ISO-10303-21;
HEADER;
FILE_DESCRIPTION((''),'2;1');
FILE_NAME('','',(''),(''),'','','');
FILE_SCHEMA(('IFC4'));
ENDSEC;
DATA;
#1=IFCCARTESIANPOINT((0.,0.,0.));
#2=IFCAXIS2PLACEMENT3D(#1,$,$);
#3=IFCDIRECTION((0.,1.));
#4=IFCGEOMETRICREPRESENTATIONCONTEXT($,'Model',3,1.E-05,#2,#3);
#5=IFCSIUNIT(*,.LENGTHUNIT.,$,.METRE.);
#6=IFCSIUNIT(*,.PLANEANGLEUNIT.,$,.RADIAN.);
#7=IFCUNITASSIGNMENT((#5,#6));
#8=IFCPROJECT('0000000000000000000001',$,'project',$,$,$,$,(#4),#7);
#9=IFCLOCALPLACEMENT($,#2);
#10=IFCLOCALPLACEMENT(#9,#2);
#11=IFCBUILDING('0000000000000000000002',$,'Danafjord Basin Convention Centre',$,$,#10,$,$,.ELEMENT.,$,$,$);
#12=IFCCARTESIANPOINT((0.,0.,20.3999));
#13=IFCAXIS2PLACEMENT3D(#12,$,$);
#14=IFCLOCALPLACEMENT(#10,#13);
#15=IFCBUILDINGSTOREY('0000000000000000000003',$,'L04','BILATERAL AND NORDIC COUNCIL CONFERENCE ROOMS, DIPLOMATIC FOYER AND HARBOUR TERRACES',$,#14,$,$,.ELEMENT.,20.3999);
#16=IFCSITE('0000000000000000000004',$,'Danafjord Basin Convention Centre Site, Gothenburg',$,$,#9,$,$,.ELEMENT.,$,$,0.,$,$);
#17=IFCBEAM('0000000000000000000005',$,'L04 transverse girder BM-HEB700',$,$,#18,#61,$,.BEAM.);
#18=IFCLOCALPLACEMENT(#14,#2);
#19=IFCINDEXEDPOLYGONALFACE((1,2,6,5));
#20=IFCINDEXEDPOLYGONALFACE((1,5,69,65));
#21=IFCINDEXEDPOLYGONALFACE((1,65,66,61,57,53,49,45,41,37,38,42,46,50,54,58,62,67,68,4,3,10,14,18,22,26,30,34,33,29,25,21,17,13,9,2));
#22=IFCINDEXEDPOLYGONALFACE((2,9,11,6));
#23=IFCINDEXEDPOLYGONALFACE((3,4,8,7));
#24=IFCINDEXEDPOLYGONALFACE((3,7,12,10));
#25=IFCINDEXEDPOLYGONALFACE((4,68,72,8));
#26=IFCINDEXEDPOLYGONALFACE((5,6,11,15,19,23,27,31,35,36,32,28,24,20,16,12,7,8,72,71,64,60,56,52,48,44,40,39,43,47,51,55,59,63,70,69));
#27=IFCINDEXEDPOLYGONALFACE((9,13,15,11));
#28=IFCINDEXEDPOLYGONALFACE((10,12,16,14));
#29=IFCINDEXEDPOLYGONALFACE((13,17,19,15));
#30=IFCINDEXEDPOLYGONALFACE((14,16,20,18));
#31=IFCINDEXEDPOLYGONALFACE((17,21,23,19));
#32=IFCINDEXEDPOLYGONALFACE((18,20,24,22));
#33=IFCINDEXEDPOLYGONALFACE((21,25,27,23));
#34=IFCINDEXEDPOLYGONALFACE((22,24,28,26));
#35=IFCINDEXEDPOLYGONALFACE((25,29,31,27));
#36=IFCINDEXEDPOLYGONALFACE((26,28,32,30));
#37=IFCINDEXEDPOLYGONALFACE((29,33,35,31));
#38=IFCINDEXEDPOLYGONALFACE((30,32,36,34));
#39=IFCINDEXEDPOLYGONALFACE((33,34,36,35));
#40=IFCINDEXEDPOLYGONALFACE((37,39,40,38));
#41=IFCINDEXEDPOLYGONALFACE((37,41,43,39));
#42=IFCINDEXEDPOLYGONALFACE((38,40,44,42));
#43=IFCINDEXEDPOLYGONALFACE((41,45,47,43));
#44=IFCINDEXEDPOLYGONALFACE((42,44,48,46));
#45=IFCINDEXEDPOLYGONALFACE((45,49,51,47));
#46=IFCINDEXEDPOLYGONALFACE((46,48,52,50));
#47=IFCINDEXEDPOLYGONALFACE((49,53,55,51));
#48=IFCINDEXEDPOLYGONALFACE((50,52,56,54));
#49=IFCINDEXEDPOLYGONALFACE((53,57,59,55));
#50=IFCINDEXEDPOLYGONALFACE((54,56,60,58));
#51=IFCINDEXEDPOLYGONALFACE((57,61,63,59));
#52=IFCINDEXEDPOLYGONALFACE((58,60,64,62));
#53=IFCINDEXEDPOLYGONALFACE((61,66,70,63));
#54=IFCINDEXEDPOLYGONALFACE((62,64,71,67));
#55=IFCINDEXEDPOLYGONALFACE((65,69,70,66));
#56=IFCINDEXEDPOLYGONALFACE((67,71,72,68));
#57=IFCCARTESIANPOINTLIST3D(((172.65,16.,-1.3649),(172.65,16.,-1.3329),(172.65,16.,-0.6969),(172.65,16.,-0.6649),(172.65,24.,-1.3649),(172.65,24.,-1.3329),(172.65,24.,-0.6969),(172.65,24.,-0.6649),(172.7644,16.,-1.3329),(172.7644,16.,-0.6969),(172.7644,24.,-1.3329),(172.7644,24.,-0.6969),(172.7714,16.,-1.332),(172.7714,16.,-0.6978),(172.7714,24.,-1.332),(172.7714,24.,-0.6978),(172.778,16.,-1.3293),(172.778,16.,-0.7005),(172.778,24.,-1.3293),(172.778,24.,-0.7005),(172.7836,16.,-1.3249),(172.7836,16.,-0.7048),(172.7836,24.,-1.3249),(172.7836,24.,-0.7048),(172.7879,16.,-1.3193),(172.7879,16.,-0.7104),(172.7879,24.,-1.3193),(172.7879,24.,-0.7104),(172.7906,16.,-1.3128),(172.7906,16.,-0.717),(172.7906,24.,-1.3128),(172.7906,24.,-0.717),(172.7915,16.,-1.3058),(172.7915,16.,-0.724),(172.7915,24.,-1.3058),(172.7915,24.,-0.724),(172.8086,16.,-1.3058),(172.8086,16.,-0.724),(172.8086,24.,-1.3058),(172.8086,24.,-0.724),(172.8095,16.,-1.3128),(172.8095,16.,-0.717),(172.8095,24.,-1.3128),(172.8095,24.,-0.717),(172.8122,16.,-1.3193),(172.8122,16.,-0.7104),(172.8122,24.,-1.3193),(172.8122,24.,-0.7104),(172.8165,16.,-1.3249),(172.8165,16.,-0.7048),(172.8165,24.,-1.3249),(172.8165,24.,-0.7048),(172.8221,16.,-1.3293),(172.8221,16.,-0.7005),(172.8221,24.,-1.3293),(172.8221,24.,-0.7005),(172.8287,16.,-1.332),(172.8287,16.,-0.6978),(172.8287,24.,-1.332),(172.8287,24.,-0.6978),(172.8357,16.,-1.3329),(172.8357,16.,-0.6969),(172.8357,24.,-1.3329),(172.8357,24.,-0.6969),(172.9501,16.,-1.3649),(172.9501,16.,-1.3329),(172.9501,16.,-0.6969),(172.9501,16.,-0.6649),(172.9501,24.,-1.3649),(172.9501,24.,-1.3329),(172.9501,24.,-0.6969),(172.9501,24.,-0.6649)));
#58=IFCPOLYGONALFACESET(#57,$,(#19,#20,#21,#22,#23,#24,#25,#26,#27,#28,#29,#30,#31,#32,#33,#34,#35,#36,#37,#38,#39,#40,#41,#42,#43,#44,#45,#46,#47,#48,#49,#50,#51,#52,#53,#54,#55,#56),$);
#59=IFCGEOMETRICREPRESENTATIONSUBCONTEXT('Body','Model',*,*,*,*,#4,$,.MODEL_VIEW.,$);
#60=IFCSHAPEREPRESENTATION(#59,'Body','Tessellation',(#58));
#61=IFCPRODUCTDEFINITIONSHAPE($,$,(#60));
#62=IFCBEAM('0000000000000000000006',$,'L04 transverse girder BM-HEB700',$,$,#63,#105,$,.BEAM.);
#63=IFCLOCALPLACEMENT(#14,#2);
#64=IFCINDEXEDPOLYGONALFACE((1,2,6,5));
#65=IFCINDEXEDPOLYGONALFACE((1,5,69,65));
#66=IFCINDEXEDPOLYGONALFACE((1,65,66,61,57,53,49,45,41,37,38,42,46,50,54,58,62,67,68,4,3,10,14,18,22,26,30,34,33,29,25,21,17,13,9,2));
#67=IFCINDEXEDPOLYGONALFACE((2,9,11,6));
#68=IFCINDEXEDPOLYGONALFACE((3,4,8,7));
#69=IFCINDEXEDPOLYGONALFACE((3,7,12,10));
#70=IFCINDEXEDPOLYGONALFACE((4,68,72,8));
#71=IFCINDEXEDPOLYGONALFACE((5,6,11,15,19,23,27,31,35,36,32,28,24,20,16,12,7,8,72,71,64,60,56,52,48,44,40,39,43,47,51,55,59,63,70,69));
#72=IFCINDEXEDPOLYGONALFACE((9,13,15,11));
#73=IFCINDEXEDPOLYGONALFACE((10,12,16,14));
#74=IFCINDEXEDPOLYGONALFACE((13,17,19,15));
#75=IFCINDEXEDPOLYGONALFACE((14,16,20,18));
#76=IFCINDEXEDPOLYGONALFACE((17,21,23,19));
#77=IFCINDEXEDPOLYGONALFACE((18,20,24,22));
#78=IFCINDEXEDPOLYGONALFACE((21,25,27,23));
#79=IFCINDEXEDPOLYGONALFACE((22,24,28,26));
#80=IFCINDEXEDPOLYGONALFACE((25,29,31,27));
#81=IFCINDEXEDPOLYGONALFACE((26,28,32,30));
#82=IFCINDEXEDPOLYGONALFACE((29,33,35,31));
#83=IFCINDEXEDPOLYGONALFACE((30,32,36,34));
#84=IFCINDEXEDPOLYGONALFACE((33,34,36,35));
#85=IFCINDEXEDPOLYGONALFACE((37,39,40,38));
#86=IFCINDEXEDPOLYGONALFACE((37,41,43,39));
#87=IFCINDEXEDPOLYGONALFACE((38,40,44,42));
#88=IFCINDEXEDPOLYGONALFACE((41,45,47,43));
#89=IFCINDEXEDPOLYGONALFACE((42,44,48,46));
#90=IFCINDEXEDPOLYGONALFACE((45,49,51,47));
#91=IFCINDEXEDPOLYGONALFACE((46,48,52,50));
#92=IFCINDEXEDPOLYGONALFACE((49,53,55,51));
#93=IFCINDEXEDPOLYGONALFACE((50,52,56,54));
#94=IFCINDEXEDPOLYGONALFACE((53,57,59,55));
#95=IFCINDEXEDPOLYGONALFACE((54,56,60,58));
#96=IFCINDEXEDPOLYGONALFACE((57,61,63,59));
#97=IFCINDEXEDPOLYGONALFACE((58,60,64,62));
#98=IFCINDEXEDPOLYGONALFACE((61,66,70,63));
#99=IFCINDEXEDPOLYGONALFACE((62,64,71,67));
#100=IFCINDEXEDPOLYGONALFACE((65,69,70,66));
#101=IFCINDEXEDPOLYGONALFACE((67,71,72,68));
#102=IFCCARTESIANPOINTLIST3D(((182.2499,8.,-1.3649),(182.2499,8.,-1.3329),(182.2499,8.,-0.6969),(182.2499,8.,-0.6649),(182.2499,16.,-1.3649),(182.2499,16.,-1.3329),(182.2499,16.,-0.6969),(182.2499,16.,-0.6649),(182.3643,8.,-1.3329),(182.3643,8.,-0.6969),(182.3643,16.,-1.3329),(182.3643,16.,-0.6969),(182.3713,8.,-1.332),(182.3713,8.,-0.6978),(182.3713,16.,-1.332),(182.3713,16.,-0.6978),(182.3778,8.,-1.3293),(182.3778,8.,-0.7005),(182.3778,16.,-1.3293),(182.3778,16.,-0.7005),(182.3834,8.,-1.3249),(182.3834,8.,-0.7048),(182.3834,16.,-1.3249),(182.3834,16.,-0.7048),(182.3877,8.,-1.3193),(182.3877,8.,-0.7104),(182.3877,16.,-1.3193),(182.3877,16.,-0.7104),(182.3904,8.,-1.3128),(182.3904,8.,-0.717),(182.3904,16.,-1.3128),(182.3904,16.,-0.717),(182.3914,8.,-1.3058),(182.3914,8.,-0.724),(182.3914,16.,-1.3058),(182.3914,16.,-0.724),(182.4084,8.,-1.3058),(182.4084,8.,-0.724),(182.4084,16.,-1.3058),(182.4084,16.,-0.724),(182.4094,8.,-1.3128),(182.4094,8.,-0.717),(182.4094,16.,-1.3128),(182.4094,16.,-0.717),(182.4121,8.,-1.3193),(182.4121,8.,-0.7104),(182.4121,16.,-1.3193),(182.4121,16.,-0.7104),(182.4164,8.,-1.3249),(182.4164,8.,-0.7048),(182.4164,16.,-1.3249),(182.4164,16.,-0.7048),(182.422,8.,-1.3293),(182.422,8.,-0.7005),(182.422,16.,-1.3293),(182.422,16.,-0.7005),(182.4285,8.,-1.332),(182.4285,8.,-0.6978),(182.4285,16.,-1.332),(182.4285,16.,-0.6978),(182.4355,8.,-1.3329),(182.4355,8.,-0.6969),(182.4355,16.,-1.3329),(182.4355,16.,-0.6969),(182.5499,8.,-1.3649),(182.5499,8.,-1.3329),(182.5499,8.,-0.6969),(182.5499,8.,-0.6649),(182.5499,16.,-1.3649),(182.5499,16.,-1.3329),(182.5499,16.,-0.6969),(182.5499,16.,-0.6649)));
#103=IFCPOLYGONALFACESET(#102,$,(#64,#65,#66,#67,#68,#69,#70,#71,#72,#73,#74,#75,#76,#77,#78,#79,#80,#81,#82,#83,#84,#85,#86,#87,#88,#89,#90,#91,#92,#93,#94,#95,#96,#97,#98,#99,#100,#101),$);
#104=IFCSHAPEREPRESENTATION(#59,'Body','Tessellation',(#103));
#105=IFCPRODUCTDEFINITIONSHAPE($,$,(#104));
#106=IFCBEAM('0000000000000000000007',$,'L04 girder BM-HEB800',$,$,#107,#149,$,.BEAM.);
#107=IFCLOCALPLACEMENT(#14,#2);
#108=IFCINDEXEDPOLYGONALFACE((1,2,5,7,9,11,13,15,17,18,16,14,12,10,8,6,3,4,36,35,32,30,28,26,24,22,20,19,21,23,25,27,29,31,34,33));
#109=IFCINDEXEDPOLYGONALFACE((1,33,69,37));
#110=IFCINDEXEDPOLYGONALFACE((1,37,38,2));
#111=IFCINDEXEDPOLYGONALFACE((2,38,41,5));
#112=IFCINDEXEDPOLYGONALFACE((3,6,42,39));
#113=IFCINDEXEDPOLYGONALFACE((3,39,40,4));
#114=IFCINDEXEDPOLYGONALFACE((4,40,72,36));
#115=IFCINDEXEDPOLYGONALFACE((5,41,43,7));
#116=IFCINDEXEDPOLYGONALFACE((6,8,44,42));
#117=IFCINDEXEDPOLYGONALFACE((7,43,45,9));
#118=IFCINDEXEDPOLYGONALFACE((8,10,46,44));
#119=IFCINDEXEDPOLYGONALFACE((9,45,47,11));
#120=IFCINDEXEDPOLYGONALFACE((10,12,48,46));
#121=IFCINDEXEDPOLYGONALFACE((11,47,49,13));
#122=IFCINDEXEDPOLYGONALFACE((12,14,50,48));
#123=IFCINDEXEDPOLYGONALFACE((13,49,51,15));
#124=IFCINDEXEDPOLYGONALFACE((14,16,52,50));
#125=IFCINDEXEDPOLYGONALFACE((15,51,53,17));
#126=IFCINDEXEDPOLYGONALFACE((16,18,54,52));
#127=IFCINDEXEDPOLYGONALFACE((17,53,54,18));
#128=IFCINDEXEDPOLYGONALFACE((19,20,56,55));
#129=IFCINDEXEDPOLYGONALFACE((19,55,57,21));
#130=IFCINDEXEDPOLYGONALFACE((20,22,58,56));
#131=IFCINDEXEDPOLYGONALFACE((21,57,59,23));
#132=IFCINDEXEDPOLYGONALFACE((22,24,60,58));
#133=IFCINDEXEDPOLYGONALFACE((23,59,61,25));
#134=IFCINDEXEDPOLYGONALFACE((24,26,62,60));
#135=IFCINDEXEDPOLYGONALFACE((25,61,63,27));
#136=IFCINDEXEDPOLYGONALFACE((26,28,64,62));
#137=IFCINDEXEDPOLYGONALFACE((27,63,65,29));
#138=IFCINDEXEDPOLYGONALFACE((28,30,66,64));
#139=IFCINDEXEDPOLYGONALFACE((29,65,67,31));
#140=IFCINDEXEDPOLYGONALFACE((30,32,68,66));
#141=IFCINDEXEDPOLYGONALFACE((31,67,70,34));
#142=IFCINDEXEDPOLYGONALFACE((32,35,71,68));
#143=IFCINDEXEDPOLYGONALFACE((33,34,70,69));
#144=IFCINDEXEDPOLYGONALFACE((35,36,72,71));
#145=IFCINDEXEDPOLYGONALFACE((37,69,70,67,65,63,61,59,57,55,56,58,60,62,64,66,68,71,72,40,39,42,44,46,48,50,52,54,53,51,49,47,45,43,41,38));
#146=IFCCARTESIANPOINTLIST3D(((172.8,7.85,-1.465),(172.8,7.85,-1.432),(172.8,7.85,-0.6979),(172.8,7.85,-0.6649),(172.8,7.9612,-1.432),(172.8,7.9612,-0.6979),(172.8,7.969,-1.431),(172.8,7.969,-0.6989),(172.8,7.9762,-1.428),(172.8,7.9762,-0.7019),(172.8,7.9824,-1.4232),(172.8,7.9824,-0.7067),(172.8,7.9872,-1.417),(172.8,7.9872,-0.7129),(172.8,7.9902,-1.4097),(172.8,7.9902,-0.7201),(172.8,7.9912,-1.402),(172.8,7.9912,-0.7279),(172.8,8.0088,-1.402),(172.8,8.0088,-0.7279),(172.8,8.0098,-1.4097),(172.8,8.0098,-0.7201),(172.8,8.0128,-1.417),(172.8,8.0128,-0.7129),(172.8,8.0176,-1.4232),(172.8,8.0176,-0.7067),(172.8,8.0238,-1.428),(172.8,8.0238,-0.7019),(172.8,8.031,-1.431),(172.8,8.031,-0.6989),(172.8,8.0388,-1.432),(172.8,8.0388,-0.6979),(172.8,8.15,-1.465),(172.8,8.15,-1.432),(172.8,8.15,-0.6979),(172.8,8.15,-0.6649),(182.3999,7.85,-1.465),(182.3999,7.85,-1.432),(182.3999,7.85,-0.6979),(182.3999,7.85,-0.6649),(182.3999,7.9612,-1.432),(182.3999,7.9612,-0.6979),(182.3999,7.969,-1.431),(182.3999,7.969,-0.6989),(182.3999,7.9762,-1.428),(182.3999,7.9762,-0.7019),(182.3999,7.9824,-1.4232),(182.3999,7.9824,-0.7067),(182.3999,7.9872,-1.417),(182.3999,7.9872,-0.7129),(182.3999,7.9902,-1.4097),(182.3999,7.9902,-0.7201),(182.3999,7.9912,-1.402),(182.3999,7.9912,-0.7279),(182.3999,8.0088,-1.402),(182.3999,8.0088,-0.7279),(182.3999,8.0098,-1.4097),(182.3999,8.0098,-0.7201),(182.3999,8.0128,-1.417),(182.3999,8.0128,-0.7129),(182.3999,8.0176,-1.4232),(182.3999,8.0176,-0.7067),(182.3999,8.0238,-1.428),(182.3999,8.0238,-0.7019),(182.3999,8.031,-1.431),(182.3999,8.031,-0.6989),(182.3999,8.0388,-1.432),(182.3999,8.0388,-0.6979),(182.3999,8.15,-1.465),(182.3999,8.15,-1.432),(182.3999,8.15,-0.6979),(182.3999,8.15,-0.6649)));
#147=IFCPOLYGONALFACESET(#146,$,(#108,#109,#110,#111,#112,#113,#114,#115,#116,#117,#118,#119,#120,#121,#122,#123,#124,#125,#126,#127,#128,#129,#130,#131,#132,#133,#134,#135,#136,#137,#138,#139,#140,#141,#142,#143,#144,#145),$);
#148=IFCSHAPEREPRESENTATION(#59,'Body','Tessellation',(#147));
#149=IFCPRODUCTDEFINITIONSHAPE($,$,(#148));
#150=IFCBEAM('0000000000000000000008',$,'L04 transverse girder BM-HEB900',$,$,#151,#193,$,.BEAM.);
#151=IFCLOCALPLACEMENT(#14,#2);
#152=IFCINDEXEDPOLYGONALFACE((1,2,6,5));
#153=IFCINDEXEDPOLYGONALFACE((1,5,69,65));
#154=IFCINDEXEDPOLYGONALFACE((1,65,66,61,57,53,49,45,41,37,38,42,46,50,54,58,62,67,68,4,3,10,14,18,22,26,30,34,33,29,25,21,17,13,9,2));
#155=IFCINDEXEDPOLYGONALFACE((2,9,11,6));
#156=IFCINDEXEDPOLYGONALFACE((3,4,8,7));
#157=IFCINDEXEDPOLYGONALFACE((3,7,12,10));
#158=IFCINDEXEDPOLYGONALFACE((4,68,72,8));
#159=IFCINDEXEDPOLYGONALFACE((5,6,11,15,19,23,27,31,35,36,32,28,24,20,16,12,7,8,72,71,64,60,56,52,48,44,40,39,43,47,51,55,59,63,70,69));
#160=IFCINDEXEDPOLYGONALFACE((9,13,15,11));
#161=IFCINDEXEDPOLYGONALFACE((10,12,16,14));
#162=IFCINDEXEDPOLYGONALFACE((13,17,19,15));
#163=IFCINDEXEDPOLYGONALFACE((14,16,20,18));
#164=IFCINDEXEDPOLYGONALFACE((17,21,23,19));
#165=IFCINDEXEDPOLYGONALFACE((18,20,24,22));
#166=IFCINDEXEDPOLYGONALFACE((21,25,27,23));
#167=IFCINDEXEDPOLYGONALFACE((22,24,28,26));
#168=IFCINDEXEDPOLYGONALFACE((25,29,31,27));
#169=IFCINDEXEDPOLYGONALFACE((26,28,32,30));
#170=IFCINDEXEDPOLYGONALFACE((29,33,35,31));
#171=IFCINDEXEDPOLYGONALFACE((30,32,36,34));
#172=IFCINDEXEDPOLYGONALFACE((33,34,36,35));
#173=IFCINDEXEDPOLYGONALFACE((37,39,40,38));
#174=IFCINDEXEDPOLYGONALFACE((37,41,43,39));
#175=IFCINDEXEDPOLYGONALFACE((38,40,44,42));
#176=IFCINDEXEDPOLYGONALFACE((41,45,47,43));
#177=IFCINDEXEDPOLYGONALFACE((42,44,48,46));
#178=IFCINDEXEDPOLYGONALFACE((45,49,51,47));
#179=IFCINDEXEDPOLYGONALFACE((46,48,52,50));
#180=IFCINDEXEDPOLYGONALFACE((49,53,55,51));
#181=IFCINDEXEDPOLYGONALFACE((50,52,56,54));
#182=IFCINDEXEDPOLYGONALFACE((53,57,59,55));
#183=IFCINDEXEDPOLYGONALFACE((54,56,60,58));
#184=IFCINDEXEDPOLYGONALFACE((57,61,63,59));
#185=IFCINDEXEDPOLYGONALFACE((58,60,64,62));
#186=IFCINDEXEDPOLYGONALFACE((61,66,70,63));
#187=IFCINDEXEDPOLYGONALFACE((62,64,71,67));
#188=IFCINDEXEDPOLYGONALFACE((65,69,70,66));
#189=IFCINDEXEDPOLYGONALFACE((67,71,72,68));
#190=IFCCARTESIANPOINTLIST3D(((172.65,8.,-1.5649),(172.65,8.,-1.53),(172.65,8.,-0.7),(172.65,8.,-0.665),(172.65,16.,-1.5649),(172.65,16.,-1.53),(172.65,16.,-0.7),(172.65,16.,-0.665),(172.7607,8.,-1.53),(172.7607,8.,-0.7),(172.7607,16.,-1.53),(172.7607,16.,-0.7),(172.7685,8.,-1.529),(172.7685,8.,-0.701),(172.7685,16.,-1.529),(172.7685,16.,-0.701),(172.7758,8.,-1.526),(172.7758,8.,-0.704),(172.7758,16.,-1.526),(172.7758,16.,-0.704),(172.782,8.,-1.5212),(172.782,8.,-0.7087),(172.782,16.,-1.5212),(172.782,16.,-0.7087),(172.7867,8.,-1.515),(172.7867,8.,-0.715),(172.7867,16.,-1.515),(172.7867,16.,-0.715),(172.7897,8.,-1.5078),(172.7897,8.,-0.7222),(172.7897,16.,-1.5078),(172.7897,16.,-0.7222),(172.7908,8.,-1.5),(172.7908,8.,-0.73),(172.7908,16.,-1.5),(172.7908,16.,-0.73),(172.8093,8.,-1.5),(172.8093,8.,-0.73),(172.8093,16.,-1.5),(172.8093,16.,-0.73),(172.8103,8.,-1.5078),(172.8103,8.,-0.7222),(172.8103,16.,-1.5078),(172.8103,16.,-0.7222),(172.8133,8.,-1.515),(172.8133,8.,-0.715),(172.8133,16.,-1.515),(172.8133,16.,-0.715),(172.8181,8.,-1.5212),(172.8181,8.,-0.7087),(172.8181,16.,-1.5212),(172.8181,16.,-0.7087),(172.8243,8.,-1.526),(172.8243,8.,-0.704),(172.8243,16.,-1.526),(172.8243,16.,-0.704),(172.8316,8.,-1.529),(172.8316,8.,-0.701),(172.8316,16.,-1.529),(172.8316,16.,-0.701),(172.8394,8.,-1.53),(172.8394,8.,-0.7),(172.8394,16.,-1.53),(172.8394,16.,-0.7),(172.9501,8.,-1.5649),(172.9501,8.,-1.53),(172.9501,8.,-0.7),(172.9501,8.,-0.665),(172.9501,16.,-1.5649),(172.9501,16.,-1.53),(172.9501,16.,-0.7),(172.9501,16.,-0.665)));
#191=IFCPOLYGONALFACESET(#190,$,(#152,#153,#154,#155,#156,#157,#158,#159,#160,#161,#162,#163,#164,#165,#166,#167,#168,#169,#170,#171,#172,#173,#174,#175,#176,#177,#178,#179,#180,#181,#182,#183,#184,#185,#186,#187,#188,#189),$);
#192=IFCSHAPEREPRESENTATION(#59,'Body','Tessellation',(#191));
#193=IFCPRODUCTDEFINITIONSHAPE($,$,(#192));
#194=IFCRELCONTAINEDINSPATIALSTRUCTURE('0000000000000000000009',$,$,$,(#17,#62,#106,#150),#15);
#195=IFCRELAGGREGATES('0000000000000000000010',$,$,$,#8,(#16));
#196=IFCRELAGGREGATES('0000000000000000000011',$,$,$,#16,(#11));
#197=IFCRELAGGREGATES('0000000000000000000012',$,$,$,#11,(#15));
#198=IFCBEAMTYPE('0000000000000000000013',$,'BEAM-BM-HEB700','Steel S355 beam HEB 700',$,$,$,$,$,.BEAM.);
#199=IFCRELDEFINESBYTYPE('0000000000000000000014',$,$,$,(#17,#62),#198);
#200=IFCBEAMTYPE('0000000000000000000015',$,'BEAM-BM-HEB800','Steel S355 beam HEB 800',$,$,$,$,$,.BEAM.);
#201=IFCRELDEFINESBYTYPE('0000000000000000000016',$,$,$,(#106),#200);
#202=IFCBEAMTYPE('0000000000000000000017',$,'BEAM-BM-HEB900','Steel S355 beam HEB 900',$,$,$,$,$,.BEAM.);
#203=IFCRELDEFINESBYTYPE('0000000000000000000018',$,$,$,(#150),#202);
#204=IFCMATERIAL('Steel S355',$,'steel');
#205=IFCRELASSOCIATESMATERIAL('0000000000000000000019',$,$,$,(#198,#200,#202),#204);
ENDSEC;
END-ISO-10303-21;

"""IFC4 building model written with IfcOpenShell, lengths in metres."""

from ifc_helpers import new_model, si_unit, direction, frame, origin, origin_2d, place, context, subcontext, project, spatial, i_section, extrude, material, material_profile, profile_set, type_object, element, save


model = new_model("IFC4")

# Units and contexts
model_context = context("Model", 3, precision=1e-05, world=origin(), true_north=direction((0.0, 1.0)))
body_context = subcontext(model_context, "Body", "Model", "MODEL_VIEW")
ifc_project = project(units=[si_unit("LENGTHUNIT", "METRE"), si_unit("PLANEANGLEUNIT", "RADIAN")], contexts=[model_context])

# Site, building, storey
site_placement = place(None, origin())
site = spatial("IfcSite", under=ifc_project, at=site_placement, Name="Danafjord Basin Convention Centre Site, Gothenburg", CompositionType="ELEMENT", RefElevation=0.0)
building_placement = place(site_placement, origin())
building = spatial("IfcBuilding", under=site, at=building_placement, Name="Danafjord Basin Convention Centre", CompositionType="ELEMENT")
storey_placement = place(building_placement, frame((0.0, 0.0, 20.3999)))
storey = spatial("IfcBuildingStorey", under=building, at=storey_placement, Name="L04", Description="BILATERAL AND NORDIC COUNCIL CONFERENCE ROOMS, DIPLOMATIC FOYER AND HARBOUR TERRACES", CompositionType="ELEMENT", Elevation=20.3999)

# Beams
ifc_material_1 = material(Name="Steel S355", Category="steel")
ifc_material_profile_1 = material_profile(ifc_material_1, i_section(OverallWidth=0.3, OverallDepth=0.7, WebThickness=0.0171, FlangeThickness=0.032, FilletRadius=0.0271, at=origin_2d()), Name="HEB 700")
ifc_profile_set_1 = profile_set([ifc_material_profile_1], Name="Steel S355")
beam_type_1 = type_object("IfcBeamType", Name="BEAM-BM-HEB700", Description="Steel S355 beam HEB 700", PredefinedType="BEAM", material=ifc_profile_set_1)
for number, where, z_axis, x_axis, name in (
    (1, (172.8, 16.0, -1.0149), (0.0, 1.0, 0.0), (-1.0, 0.0, 0.0), "L04 transverse girder BM-HEB700"),
    (2, (182.3999, 8.0, -1.0149), (0.0, 1.0, 0.0), (-1.0, 0.0, 0.0), "L04 transverse girder BM-HEB700"),
):
    element("IfcBeam", number, at=place(storey_placement, frame(where, z_axis=z_axis, x_axis=x_axis)), inside=storey, type_object=beam_type_1, Name=name, PredefinedType="BEAM", context=body_context, shape_type="SweptSolid", body=[
        extrude(i_section(OverallWidth=0.3, OverallDepth=0.7, WebThickness=0.0171, FlangeThickness=0.032, FilletRadius=0.0271, at=origin_2d()), origin(), (0.0, 0.0, 1.0), 8.0),
    ])
ifc_material_profile_2 = material_profile(ifc_material_1, i_section(OverallWidth=0.3, OverallDepth=0.8, WebThickness=0.0176, FlangeThickness=0.033, FilletRadius=0.03, at=origin_2d()), Name="HEB 800")
ifc_profile_set_2 = profile_set([ifc_material_profile_2], Name="Steel S355")
beam_type_2 = type_object("IfcBeamType", Name="BEAM-BM-HEB800", Description="Steel S355 beam HEB 800", PredefinedType="BEAM", material=ifc_profile_set_2)
beam_1_placement = place(storey_placement, frame((172.8, 8.0, -1.0649), z_axis=(1.0, 0.0, 0.0), x_axis=(0.0, 1.0, 0.0)))
element("IfcBeam", 3, at=beam_1_placement, inside=storey, type_object=beam_type_2, Name="L04 girder BM-HEB800", PredefinedType="BEAM", context=body_context, shape_type="SweptSolid", body=[
    extrude(i_section(OverallWidth=0.3, OverallDepth=0.8, WebThickness=0.0176, FlangeThickness=0.033, FilletRadius=0.03, at=origin_2d()), origin(), (0.0, 0.0, 1.0), 9.5999),
])
ifc_material_profile_3 = material_profile(ifc_material_1, i_section(OverallWidth=0.3, OverallDepth=0.8999, WebThickness=0.0186, FlangeThickness=0.0349, FilletRadius=0.03, at=origin_2d()), Name="HEB 900")
ifc_profile_set_3 = profile_set([ifc_material_profile_3], Name="Steel S355")
beam_type_3 = type_object("IfcBeamType", Name="BEAM-BM-HEB900", Description="Steel S355 beam HEB 900", PredefinedType="BEAM", material=ifc_profile_set_3)
for number, where, z_axis, x_axis, name in (
    (4, (172.8, 8.0, -1.115), (0.0, 1.0, 0.0), (-1.0, 0.0, 0.0), "L04 transverse girder BM-HEB900"),
):
    element("IfcBeam", number, at=place(storey_placement, frame(where, z_axis=z_axis, x_axis=x_axis)), inside=storey, type_object=beam_type_3, Name=name, PredefinedType="BEAM", context=body_context, shape_type="SweptSolid", body=[
        extrude(i_section(OverallWidth=0.3, OverallDepth=0.8999, WebThickness=0.0186, FlangeThickness=0.0349, FilletRadius=0.03, at=origin_2d()), origin(), (0.0, 0.0, 1.0), 8.0),
    ])

save(model, "model.ifc")
